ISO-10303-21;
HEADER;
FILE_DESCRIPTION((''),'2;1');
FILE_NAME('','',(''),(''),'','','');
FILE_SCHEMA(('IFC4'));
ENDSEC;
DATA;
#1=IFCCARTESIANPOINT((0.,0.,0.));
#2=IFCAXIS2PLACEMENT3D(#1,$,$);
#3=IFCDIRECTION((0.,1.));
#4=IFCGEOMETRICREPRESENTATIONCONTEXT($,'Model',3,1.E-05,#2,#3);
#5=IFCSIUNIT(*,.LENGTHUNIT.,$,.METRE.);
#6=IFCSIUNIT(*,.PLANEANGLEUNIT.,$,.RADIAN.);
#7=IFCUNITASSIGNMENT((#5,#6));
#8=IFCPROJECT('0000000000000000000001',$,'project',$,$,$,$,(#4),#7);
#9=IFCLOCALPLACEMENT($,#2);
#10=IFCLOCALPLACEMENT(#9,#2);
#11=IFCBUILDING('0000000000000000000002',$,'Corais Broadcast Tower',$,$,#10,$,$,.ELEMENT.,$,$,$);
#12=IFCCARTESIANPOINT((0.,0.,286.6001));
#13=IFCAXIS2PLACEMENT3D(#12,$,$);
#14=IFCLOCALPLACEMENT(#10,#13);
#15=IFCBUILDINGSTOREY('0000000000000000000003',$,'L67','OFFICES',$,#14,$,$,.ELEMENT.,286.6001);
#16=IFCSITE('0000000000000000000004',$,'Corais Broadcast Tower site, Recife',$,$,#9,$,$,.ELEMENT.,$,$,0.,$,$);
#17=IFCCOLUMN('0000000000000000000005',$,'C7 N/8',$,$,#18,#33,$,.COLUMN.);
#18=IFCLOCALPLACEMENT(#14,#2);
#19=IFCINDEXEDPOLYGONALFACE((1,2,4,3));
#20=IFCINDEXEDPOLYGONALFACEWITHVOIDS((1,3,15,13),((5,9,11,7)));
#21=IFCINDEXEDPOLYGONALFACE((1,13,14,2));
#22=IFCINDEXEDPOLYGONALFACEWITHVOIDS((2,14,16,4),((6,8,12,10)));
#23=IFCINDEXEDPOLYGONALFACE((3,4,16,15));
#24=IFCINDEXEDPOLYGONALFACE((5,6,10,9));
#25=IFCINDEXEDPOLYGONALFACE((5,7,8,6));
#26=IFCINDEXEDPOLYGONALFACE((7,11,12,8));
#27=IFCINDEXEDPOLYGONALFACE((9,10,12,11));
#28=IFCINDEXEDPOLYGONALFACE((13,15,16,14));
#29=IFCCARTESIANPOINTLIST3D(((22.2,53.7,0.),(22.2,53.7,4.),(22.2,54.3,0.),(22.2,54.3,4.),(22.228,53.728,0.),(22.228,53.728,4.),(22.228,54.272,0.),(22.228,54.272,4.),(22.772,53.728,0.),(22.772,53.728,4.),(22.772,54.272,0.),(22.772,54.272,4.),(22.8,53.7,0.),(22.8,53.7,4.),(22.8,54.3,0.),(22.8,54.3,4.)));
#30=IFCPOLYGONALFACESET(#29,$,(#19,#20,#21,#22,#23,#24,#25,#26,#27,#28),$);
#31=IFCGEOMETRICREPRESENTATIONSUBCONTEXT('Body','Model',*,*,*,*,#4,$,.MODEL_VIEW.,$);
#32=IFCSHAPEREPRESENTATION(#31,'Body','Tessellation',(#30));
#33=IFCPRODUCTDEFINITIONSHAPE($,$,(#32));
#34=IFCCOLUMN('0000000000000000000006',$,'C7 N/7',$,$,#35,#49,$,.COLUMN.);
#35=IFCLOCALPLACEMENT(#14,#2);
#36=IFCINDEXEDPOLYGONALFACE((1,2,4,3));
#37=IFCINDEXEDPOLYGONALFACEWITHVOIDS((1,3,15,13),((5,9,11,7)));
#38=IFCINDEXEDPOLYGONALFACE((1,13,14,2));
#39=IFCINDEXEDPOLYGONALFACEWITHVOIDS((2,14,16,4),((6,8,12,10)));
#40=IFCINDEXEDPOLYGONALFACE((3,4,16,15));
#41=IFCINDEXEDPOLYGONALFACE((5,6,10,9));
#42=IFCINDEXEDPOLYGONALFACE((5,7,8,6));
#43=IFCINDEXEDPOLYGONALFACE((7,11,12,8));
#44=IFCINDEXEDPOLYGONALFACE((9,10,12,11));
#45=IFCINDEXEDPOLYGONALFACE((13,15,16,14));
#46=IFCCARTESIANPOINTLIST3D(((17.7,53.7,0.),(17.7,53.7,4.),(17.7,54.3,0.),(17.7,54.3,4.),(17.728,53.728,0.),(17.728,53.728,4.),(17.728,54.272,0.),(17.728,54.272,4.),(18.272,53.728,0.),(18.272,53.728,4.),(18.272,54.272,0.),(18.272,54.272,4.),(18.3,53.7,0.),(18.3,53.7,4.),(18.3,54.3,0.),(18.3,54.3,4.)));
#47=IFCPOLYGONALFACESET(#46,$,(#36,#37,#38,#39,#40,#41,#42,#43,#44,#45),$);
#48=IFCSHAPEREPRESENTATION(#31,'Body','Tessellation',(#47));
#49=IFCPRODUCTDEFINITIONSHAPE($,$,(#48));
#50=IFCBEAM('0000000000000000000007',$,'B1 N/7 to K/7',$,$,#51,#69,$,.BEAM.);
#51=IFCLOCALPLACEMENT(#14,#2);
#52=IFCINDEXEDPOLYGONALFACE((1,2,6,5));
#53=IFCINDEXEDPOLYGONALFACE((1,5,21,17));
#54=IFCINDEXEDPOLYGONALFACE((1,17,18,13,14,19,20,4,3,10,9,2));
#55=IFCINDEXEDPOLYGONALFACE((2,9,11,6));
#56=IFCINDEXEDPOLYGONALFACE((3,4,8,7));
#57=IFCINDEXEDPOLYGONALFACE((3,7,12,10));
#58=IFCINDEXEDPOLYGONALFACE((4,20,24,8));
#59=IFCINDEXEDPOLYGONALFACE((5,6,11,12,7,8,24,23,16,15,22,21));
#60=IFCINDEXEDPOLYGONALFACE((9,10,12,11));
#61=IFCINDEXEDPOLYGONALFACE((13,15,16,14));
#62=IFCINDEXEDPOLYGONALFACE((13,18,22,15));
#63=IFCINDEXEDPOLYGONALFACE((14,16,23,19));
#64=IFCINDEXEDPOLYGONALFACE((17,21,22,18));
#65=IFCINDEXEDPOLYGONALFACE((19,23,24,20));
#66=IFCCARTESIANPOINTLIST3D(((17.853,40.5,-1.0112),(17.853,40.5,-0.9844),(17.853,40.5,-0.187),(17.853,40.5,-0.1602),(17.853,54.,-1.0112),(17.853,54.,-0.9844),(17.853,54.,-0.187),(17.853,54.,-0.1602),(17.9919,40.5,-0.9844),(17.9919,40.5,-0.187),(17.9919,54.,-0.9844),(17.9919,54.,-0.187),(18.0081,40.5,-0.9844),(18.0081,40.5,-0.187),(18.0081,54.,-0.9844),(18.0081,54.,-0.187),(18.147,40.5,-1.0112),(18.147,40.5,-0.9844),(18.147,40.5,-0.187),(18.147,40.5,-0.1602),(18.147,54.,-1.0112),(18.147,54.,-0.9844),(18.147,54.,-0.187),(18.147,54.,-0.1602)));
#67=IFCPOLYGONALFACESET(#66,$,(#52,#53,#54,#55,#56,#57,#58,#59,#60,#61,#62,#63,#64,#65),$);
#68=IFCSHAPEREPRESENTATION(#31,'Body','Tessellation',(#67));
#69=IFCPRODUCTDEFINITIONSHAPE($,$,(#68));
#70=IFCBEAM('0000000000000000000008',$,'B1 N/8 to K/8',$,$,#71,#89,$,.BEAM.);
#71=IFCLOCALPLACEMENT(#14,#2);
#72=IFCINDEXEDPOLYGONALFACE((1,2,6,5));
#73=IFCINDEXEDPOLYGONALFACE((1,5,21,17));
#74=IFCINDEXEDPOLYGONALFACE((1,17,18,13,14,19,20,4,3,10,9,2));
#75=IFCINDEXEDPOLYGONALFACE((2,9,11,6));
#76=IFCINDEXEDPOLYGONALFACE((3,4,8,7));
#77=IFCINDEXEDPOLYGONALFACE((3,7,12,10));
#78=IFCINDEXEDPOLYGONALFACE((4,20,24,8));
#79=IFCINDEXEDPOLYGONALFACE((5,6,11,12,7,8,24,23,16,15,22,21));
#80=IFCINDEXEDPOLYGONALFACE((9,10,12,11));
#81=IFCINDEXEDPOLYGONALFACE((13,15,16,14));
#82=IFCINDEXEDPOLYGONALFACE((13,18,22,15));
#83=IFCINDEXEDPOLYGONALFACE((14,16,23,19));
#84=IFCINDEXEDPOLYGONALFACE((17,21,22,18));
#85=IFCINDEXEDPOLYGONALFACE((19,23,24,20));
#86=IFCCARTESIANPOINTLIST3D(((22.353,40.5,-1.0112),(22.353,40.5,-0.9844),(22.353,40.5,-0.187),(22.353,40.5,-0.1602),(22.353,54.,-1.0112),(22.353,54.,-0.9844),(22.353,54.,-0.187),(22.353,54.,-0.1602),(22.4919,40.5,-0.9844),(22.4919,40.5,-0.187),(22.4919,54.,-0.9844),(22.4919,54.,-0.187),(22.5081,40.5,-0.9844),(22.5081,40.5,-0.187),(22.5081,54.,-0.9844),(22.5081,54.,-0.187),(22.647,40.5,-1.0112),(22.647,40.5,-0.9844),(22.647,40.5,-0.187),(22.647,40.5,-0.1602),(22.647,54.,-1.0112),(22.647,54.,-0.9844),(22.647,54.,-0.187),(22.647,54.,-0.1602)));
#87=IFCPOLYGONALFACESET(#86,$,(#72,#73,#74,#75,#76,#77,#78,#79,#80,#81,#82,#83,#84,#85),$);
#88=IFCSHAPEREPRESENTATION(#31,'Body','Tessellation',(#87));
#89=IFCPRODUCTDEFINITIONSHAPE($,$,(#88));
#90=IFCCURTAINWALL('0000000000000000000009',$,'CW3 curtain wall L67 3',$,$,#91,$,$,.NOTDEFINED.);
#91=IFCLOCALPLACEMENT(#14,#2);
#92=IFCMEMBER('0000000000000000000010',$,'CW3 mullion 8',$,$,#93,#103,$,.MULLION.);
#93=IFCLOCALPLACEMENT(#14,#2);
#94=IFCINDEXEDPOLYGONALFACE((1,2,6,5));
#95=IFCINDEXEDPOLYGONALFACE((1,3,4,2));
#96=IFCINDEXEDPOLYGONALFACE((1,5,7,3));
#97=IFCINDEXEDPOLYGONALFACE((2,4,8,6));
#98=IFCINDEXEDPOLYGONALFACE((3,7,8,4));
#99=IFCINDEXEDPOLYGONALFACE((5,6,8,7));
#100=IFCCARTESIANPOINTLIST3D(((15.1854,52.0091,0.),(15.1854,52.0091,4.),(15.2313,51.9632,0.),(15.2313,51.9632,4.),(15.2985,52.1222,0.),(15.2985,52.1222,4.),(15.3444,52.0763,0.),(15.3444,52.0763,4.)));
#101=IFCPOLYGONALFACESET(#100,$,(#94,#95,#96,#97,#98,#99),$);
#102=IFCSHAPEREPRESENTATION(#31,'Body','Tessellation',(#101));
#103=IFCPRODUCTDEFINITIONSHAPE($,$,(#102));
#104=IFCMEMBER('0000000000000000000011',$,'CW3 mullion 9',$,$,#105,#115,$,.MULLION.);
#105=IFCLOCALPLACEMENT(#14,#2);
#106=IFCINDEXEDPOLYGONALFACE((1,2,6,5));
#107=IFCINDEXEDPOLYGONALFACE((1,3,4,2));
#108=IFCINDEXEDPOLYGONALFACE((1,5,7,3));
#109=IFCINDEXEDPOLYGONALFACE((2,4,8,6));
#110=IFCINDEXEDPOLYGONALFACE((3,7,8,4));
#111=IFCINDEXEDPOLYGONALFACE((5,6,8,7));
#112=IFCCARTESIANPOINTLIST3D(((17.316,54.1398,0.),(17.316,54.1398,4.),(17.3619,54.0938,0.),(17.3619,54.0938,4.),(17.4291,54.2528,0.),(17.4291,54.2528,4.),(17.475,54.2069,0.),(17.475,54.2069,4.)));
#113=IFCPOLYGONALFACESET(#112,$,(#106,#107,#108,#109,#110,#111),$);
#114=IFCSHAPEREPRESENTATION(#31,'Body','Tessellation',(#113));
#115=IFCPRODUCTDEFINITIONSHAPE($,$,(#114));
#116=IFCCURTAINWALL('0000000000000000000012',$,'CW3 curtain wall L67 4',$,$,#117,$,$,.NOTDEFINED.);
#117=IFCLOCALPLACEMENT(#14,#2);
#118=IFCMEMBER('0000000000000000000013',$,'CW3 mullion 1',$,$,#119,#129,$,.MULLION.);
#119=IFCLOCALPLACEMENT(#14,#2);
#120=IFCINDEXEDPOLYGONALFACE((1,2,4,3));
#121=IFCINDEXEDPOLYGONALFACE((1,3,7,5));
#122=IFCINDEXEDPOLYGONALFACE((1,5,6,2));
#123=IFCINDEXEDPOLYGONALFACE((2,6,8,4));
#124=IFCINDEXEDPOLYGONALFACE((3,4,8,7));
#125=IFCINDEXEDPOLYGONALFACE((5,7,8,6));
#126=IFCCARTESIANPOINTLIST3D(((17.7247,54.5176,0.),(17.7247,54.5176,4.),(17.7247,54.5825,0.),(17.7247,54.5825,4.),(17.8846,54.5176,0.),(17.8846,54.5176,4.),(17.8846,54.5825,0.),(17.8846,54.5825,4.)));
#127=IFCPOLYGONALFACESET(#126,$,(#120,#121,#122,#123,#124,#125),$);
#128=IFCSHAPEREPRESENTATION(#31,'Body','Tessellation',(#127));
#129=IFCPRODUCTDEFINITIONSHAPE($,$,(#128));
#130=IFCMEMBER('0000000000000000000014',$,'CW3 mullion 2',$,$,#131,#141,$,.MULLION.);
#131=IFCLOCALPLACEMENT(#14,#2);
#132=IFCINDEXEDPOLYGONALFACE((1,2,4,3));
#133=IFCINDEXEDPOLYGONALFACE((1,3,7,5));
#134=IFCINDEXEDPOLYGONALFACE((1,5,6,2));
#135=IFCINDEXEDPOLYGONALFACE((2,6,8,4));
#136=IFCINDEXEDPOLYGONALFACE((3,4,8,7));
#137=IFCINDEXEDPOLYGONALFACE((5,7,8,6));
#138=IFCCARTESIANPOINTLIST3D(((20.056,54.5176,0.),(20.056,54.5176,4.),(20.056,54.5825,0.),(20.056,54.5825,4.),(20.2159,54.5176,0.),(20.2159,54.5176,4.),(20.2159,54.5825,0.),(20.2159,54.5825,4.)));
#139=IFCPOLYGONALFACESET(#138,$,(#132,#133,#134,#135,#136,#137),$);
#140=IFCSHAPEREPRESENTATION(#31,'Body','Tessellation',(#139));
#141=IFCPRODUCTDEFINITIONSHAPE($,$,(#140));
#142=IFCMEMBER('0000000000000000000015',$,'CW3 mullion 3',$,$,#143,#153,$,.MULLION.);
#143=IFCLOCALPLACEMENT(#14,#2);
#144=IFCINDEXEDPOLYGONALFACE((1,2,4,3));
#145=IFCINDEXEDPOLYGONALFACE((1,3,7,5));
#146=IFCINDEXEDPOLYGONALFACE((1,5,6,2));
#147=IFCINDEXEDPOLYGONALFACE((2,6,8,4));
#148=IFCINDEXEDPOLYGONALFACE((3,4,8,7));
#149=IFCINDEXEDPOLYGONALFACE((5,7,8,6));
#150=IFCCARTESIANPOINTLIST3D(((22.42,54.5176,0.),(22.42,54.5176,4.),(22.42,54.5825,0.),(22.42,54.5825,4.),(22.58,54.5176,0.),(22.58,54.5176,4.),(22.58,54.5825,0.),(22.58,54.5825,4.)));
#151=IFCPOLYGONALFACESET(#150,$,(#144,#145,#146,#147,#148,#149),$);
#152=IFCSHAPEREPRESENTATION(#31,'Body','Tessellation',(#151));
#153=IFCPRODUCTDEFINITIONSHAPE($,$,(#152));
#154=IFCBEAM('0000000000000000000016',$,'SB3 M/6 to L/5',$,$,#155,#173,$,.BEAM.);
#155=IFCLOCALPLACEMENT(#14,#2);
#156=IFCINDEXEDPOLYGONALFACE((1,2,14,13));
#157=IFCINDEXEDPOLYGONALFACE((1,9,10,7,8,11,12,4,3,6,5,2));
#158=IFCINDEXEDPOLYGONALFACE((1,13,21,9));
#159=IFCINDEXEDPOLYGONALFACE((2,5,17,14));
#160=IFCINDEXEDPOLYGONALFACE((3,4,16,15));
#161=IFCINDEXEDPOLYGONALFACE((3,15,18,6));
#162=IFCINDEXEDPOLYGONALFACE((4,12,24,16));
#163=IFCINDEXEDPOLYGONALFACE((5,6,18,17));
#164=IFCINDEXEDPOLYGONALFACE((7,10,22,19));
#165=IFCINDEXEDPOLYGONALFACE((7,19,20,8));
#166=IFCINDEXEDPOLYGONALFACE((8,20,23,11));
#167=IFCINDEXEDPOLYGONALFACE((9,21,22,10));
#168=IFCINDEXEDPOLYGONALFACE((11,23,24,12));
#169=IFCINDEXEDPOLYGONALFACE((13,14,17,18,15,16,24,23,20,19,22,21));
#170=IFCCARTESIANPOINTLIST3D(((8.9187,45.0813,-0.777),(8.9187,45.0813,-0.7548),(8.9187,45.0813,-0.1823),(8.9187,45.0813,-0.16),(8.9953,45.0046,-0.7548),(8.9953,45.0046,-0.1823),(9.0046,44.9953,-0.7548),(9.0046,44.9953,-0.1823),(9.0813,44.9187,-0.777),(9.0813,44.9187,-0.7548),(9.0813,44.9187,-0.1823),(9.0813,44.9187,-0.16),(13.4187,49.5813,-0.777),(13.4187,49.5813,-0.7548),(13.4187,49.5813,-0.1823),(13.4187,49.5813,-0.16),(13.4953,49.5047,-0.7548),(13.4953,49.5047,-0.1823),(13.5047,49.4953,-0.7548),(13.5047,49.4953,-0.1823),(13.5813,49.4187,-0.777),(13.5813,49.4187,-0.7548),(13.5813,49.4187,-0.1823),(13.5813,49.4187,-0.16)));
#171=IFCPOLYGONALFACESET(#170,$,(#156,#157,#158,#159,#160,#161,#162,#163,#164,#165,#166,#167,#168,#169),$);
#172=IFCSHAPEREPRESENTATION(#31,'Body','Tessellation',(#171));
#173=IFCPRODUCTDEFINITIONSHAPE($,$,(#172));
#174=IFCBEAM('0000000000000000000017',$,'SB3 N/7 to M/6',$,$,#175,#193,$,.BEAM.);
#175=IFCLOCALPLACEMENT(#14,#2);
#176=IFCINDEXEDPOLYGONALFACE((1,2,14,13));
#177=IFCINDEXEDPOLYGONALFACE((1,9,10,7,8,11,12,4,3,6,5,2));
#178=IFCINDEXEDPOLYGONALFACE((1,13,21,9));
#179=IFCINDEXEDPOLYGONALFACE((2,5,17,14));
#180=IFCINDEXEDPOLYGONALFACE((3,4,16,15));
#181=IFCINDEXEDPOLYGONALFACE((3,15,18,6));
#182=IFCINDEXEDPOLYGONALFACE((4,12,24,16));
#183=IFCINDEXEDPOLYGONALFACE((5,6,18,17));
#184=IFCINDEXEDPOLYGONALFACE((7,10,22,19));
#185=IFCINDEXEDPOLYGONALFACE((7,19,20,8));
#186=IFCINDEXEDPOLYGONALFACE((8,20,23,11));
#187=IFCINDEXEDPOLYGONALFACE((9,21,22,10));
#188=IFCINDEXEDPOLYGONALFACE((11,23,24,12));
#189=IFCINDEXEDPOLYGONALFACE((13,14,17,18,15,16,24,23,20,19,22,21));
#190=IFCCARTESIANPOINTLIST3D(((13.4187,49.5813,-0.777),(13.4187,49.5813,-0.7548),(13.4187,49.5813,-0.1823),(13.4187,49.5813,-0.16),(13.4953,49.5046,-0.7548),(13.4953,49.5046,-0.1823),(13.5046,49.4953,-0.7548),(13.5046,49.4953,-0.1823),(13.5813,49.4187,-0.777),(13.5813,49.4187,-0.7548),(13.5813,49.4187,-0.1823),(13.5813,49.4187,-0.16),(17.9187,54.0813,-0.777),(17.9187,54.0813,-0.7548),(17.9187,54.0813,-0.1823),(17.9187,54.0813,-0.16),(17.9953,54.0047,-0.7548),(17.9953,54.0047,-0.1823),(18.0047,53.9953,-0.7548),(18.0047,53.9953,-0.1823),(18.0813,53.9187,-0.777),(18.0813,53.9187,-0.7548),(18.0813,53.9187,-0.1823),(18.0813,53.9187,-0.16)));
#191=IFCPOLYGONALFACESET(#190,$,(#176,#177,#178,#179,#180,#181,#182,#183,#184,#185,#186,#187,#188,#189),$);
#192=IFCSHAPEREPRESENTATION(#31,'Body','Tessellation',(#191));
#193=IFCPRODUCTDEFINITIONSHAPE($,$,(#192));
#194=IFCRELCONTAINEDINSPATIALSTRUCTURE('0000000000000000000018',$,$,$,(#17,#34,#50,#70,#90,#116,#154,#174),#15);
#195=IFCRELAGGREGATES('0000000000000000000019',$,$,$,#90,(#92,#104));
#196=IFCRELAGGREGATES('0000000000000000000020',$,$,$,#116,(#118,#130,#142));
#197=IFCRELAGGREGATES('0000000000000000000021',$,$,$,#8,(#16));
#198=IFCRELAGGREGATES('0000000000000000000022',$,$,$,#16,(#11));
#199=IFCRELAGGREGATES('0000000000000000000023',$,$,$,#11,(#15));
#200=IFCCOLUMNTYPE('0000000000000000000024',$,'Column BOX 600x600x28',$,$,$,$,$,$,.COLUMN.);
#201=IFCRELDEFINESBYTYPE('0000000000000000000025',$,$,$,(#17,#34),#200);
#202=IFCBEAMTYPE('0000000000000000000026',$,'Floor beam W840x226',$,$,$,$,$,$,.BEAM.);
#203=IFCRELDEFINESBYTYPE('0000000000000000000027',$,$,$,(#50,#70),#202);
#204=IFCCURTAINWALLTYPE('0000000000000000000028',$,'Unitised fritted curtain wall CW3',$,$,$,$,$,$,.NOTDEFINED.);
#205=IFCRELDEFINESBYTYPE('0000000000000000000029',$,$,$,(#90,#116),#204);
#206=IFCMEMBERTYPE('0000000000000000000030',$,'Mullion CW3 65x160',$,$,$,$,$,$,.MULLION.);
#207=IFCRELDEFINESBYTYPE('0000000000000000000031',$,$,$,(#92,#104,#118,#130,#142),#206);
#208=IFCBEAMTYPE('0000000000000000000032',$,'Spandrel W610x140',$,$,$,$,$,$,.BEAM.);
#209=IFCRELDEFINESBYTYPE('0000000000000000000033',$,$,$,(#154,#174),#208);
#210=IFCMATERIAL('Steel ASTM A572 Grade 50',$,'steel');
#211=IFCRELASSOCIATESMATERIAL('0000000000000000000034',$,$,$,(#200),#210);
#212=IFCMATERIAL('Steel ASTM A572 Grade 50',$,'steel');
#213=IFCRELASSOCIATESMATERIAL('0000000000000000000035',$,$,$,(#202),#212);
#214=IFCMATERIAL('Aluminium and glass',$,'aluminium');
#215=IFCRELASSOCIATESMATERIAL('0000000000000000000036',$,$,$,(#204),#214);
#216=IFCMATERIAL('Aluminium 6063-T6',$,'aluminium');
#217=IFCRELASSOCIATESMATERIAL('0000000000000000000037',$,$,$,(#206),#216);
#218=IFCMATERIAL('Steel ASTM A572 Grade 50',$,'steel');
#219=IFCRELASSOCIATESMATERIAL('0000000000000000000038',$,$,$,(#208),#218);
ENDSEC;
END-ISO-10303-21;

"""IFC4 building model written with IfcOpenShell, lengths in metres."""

from ifc_helpers import new_model, si_unit, direction, frame, origin, origin_2d, place, context, subcontext, project, spatial, rectangle, hollow_rectangle, i_section, extrude, material, material_profile, profile_set, type_object, element, aggregate, save


model = new_model("IFC4")

# Units and contexts
model_context = context("Model", 3, precision=1e-05, world=origin(), true_north=direction((0.0, 1.0)))
body_context = subcontext(model_context, "Body", "Model", "MODEL_VIEW")
ifc_project = project(units=[si_unit("LENGTHUNIT", "METRE"), si_unit("PLANEANGLEUNIT", "RADIAN")], contexts=[model_context])

# Site, building, storey
site_placement = place(None, origin())
site = spatial("IfcSite", under=ifc_project, at=site_placement, Name="Corais Broadcast Tower site, Recife", CompositionType="ELEMENT", RefElevation=0.0)
building_placement = place(site_placement, origin())
building = spatial("IfcBuilding", under=site, at=building_placement, Name="Corais Broadcast Tower", CompositionType="ELEMENT")
storey_placement = place(building_placement, frame((0.0, 0.0, 286.6001)))
storey = spatial("IfcBuildingStorey", under=building, at=storey_placement, Name="L67", Description="OFFICES", CompositionType="ELEMENT", Elevation=286.6001)

# Columns
ifc_material_1 = material(Name="Steel ASTM A572 Grade 50", Category="steel")
ifc_material_profile_1 = material_profile(ifc_material_1, hollow_rectangle(XDim=0.6001, YDim=0.6001, WallThickness=0.0281, at=origin_2d()), Name="BOX 600x600x28")
ifc_profile_set_1 = profile_set([ifc_material_profile_1], Name="Steel ASTM A572 Grade 50")
column_type = type_object("IfcColumnType", Name="Column BOX 600x600x28", PredefinedType="COLUMN", material=ifc_profile_set_1)
for number, where, z_axis, x_axis, name in (
    (1, (22.5, 54.0, 0.0), (0.0, 0.0, 1.0), (1.0, 0.0, 0.0), "C7 N/8"),
    (2, (18.0, 54.0, 0.0), (0.0, 0.0, 1.0), (1.0, 0.0, 0.0), "C7 N/7"),
):
    element("IfcColumn", number, at=place(storey_placement, frame(where, z_axis=z_axis, x_axis=x_axis)), inside=storey, type_object=column_type, Name=name, PredefinedType="COLUMN", context=body_context, shape_type="SweptSolid", body=[
        extrude(hollow_rectangle(XDim=0.6001, YDim=0.6001, WallThickness=0.0281, at=origin_2d()), origin(), (0.0, 0.0, 1.0), 4.0),
    ])

# Beams
ifc_material_2 = material(Name="Steel ASTM A572 Grade 50", Category="steel")
ifc_material_profile_2 = material_profile(ifc_material_2, i_section(OverallWidth=0.2939, OverallDepth=0.8511, WebThickness=0.0161, FlangeThickness=0.0269, at=origin_2d()), Name="W840x226")
ifc_profile_set_2 = profile_set([ifc_material_profile_2], Name="Steel ASTM A572 Grade 50")
beam_type_1 = type_object("IfcBeamType", Name="Floor beam W840x226", PredefinedType="BEAM", material=ifc_profile_set_2)
for number, where, z_axis, x_axis, name in (
    (3, (18.0, 54.0, -0.5857), (0.0, -1.0, 0.0), (1.0, 0.0, 0.0), "B1 N/7 to K/7"),
    (4, (22.5, 54.0, -0.5857), (0.0, -1.0, 0.0), (1.0, 0.0, 0.0), "B1 N/8 to K/8"),
):
    element("IfcBeam", number, at=place(storey_placement, frame(where, z_axis=z_axis, x_axis=x_axis)), inside=storey, type_object=beam_type_1, Name=name, PredefinedType="BEAM", context=body_context, shape_type="SweptSolid", body=[
        extrude(i_section(OverallWidth=0.2939, OverallDepth=0.8511, WebThickness=0.0161, FlangeThickness=0.0269, at=origin_2d()), origin(), (0.0, 0.0, 1.0), 13.5),
    ])

# Curtain walls, members
ifc_material_3 = material(Name="Aluminium and glass", Category="aluminium")
curtain_wall_type = type_object("IfcCurtainWallType", Name="Unitised fritted curtain wall CW3", PredefinedType="NOTDEFINED", material=ifc_material_3)
curtain_wall_1_placement = place(storey_placement, origin())
curtain_wall_1 = element("IfcCurtainWall", 5, at=curtain_wall_1_placement, inside=storey, type_object=curtain_wall_type, Name="CW3 curtain wall L67 3", PredefinedType="NOTDEFINED")
ifc_material_4 = material(Name="Aluminium 6063-T6", Category="aluminium")
ifc_material_profile_3 = material_profile(ifc_material_4, rectangle(XDim=0.0649, YDim=0.1599, at=origin_2d()), Name="Mullion CW3 65x160")
ifc_profile_set_3 = profile_set([ifc_material_profile_3], Name="Aluminium 6063-T6")
member_type_1 = type_object("IfcMemberType", Name="Mullion CW3 65x160", PredefinedType="MULLION", material=ifc_profile_set_3)
member_1_placement = place(storey_placement, frame((15.2649, 52.0427, 0.0), z_axis=(0.0, 0.0, 1.0), x_axis=(-0.707107, 0.707107, 0.0)))
member_1 = element("IfcMember", 6, at=member_1_placement, type_object=member_type_1, Name="CW3 mullion 8", PredefinedType="MULLION", context=body_context, shape_type="SweptSolid", body=[
    extrude(rectangle(XDim=0.0649, YDim=0.1599, at=origin_2d()), origin(), (0.0, 0.0, 1.0), 4.0),
])
member_2_placement = place(storey_placement, frame((17.3955, 54.1733, 0.0), z_axis=(0.0, 0.0, 1.0), x_axis=(-0.707107, 0.707107, 0.0)))
member_2 = element("IfcMember", 7, at=member_2_placement, type_object=member_type_1, Name="CW3 mullion 9", PredefinedType="MULLION", context=body_context, shape_type="SweptSolid", body=[
    extrude(rectangle(XDim=0.0649, YDim=0.1599, at=origin_2d()), origin(), (0.0, 0.0, 1.0), 4.0),
])
curtain_wall_2_placement = place(storey_placement, origin())
curtain_wall_2 = element("IfcCurtainWall", 8, at=curtain_wall_2_placement, inside=storey, type_object=curtain_wall_type, Name="CW3 curtain wall L67 4", PredefinedType="NOTDEFINED")
member_3_placement = place(storey_placement, frame((17.8047, 54.55, 0.0), z_axis=(0.0, 0.0, 1.0), x_axis=(0.0, 1.0, 0.0)))
member_3 = element("IfcMember", 9, at=member_3_placement, type_object=member_type_1, Name="CW3 mullion 1", PredefinedType="MULLION", context=body_context, shape_type="SweptSolid", body=[
    extrude(rectangle(XDim=0.0649, YDim=0.1599, at=origin_2d()), origin(), (0.0, 0.0, 1.0), 4.0),
])
member_4_placement = place(storey_placement, frame((20.136, 54.55, 0.0), z_axis=(0.0, 0.0, 1.0), x_axis=(0.0, 1.0, 0.0)))
member_4 = element("IfcMember", 10, at=member_4_placement, type_object=member_type_1, Name="CW3 mullion 2", PredefinedType="MULLION", context=body_context, shape_type="SweptSolid", body=[
    extrude(rectangle(XDim=0.0649, YDim=0.1599, at=origin_2d()), origin(), (0.0, 0.0, 1.0), 4.0),
])
member_5_placement = place(storey_placement, frame((22.5, 54.55, 0.0), z_axis=(0.0, 0.0, 1.0), x_axis=(0.0, 1.0, 0.0)))
member_5 = element("IfcMember", 11, at=member_5_placement, type_object=member_type_1, Name="CW3 mullion 3", PredefinedType="MULLION", context=body_context, shape_type="SweptSolid", body=[
    extrude(rectangle(XDim=0.0649, YDim=0.1599, at=origin_2d()), origin(), (0.0, 0.0, 1.0), 4.0),
])

# Beams
ifc_material_5 = material(Name="Steel ASTM A572 Grade 50", Category="steel")
ifc_material_profile_4 = material_profile(ifc_material_5, i_section(OverallWidth=0.23, OverallDepth=0.6169, WebThickness=0.0132, FlangeThickness=0.0222, at=origin_2d()), Name="W610x140")
ifc_profile_set_4 = profile_set([ifc_material_profile_4], Name="Steel ASTM A572 Grade 50")
beam_type_2 = type_object("IfcBeamType", Name="Spandrel W610x140", PredefinedType="BEAM", material=ifc_profile_set_4)
for number, where, z_axis, x_axis, name in (
    (12, (13.5, 49.5, -0.4685), (-0.707107, -0.707107, 0.0), (0.707107, -0.707107, 0.0), "SB3 M/6 to L/5"),
    (13, (18.0, 54.0, -0.4685), (-0.707107, -0.707107, 0.0), (0.707107, -0.707107, 0.0), "SB3 N/7 to M/6"),
):
    element("IfcBeam", number, at=place(storey_placement, frame(where, z_axis=z_axis, x_axis=x_axis)), inside=storey, type_object=beam_type_2, Name=name, PredefinedType="BEAM", context=body_context, shape_type="SweptSolid", body=[
        extrude(i_section(OverallWidth=0.23, OverallDepth=0.6169, WebThickness=0.0132, FlangeThickness=0.0222, at=origin_2d()), origin(), (0.0, 0.0, 1.0), 6.364),
    ])

aggregate(curtain_wall_1, [member_1, member_2])
aggregate(curtain_wall_2, [member_3, member_4, member_5])

save(model, "model.ifc")
